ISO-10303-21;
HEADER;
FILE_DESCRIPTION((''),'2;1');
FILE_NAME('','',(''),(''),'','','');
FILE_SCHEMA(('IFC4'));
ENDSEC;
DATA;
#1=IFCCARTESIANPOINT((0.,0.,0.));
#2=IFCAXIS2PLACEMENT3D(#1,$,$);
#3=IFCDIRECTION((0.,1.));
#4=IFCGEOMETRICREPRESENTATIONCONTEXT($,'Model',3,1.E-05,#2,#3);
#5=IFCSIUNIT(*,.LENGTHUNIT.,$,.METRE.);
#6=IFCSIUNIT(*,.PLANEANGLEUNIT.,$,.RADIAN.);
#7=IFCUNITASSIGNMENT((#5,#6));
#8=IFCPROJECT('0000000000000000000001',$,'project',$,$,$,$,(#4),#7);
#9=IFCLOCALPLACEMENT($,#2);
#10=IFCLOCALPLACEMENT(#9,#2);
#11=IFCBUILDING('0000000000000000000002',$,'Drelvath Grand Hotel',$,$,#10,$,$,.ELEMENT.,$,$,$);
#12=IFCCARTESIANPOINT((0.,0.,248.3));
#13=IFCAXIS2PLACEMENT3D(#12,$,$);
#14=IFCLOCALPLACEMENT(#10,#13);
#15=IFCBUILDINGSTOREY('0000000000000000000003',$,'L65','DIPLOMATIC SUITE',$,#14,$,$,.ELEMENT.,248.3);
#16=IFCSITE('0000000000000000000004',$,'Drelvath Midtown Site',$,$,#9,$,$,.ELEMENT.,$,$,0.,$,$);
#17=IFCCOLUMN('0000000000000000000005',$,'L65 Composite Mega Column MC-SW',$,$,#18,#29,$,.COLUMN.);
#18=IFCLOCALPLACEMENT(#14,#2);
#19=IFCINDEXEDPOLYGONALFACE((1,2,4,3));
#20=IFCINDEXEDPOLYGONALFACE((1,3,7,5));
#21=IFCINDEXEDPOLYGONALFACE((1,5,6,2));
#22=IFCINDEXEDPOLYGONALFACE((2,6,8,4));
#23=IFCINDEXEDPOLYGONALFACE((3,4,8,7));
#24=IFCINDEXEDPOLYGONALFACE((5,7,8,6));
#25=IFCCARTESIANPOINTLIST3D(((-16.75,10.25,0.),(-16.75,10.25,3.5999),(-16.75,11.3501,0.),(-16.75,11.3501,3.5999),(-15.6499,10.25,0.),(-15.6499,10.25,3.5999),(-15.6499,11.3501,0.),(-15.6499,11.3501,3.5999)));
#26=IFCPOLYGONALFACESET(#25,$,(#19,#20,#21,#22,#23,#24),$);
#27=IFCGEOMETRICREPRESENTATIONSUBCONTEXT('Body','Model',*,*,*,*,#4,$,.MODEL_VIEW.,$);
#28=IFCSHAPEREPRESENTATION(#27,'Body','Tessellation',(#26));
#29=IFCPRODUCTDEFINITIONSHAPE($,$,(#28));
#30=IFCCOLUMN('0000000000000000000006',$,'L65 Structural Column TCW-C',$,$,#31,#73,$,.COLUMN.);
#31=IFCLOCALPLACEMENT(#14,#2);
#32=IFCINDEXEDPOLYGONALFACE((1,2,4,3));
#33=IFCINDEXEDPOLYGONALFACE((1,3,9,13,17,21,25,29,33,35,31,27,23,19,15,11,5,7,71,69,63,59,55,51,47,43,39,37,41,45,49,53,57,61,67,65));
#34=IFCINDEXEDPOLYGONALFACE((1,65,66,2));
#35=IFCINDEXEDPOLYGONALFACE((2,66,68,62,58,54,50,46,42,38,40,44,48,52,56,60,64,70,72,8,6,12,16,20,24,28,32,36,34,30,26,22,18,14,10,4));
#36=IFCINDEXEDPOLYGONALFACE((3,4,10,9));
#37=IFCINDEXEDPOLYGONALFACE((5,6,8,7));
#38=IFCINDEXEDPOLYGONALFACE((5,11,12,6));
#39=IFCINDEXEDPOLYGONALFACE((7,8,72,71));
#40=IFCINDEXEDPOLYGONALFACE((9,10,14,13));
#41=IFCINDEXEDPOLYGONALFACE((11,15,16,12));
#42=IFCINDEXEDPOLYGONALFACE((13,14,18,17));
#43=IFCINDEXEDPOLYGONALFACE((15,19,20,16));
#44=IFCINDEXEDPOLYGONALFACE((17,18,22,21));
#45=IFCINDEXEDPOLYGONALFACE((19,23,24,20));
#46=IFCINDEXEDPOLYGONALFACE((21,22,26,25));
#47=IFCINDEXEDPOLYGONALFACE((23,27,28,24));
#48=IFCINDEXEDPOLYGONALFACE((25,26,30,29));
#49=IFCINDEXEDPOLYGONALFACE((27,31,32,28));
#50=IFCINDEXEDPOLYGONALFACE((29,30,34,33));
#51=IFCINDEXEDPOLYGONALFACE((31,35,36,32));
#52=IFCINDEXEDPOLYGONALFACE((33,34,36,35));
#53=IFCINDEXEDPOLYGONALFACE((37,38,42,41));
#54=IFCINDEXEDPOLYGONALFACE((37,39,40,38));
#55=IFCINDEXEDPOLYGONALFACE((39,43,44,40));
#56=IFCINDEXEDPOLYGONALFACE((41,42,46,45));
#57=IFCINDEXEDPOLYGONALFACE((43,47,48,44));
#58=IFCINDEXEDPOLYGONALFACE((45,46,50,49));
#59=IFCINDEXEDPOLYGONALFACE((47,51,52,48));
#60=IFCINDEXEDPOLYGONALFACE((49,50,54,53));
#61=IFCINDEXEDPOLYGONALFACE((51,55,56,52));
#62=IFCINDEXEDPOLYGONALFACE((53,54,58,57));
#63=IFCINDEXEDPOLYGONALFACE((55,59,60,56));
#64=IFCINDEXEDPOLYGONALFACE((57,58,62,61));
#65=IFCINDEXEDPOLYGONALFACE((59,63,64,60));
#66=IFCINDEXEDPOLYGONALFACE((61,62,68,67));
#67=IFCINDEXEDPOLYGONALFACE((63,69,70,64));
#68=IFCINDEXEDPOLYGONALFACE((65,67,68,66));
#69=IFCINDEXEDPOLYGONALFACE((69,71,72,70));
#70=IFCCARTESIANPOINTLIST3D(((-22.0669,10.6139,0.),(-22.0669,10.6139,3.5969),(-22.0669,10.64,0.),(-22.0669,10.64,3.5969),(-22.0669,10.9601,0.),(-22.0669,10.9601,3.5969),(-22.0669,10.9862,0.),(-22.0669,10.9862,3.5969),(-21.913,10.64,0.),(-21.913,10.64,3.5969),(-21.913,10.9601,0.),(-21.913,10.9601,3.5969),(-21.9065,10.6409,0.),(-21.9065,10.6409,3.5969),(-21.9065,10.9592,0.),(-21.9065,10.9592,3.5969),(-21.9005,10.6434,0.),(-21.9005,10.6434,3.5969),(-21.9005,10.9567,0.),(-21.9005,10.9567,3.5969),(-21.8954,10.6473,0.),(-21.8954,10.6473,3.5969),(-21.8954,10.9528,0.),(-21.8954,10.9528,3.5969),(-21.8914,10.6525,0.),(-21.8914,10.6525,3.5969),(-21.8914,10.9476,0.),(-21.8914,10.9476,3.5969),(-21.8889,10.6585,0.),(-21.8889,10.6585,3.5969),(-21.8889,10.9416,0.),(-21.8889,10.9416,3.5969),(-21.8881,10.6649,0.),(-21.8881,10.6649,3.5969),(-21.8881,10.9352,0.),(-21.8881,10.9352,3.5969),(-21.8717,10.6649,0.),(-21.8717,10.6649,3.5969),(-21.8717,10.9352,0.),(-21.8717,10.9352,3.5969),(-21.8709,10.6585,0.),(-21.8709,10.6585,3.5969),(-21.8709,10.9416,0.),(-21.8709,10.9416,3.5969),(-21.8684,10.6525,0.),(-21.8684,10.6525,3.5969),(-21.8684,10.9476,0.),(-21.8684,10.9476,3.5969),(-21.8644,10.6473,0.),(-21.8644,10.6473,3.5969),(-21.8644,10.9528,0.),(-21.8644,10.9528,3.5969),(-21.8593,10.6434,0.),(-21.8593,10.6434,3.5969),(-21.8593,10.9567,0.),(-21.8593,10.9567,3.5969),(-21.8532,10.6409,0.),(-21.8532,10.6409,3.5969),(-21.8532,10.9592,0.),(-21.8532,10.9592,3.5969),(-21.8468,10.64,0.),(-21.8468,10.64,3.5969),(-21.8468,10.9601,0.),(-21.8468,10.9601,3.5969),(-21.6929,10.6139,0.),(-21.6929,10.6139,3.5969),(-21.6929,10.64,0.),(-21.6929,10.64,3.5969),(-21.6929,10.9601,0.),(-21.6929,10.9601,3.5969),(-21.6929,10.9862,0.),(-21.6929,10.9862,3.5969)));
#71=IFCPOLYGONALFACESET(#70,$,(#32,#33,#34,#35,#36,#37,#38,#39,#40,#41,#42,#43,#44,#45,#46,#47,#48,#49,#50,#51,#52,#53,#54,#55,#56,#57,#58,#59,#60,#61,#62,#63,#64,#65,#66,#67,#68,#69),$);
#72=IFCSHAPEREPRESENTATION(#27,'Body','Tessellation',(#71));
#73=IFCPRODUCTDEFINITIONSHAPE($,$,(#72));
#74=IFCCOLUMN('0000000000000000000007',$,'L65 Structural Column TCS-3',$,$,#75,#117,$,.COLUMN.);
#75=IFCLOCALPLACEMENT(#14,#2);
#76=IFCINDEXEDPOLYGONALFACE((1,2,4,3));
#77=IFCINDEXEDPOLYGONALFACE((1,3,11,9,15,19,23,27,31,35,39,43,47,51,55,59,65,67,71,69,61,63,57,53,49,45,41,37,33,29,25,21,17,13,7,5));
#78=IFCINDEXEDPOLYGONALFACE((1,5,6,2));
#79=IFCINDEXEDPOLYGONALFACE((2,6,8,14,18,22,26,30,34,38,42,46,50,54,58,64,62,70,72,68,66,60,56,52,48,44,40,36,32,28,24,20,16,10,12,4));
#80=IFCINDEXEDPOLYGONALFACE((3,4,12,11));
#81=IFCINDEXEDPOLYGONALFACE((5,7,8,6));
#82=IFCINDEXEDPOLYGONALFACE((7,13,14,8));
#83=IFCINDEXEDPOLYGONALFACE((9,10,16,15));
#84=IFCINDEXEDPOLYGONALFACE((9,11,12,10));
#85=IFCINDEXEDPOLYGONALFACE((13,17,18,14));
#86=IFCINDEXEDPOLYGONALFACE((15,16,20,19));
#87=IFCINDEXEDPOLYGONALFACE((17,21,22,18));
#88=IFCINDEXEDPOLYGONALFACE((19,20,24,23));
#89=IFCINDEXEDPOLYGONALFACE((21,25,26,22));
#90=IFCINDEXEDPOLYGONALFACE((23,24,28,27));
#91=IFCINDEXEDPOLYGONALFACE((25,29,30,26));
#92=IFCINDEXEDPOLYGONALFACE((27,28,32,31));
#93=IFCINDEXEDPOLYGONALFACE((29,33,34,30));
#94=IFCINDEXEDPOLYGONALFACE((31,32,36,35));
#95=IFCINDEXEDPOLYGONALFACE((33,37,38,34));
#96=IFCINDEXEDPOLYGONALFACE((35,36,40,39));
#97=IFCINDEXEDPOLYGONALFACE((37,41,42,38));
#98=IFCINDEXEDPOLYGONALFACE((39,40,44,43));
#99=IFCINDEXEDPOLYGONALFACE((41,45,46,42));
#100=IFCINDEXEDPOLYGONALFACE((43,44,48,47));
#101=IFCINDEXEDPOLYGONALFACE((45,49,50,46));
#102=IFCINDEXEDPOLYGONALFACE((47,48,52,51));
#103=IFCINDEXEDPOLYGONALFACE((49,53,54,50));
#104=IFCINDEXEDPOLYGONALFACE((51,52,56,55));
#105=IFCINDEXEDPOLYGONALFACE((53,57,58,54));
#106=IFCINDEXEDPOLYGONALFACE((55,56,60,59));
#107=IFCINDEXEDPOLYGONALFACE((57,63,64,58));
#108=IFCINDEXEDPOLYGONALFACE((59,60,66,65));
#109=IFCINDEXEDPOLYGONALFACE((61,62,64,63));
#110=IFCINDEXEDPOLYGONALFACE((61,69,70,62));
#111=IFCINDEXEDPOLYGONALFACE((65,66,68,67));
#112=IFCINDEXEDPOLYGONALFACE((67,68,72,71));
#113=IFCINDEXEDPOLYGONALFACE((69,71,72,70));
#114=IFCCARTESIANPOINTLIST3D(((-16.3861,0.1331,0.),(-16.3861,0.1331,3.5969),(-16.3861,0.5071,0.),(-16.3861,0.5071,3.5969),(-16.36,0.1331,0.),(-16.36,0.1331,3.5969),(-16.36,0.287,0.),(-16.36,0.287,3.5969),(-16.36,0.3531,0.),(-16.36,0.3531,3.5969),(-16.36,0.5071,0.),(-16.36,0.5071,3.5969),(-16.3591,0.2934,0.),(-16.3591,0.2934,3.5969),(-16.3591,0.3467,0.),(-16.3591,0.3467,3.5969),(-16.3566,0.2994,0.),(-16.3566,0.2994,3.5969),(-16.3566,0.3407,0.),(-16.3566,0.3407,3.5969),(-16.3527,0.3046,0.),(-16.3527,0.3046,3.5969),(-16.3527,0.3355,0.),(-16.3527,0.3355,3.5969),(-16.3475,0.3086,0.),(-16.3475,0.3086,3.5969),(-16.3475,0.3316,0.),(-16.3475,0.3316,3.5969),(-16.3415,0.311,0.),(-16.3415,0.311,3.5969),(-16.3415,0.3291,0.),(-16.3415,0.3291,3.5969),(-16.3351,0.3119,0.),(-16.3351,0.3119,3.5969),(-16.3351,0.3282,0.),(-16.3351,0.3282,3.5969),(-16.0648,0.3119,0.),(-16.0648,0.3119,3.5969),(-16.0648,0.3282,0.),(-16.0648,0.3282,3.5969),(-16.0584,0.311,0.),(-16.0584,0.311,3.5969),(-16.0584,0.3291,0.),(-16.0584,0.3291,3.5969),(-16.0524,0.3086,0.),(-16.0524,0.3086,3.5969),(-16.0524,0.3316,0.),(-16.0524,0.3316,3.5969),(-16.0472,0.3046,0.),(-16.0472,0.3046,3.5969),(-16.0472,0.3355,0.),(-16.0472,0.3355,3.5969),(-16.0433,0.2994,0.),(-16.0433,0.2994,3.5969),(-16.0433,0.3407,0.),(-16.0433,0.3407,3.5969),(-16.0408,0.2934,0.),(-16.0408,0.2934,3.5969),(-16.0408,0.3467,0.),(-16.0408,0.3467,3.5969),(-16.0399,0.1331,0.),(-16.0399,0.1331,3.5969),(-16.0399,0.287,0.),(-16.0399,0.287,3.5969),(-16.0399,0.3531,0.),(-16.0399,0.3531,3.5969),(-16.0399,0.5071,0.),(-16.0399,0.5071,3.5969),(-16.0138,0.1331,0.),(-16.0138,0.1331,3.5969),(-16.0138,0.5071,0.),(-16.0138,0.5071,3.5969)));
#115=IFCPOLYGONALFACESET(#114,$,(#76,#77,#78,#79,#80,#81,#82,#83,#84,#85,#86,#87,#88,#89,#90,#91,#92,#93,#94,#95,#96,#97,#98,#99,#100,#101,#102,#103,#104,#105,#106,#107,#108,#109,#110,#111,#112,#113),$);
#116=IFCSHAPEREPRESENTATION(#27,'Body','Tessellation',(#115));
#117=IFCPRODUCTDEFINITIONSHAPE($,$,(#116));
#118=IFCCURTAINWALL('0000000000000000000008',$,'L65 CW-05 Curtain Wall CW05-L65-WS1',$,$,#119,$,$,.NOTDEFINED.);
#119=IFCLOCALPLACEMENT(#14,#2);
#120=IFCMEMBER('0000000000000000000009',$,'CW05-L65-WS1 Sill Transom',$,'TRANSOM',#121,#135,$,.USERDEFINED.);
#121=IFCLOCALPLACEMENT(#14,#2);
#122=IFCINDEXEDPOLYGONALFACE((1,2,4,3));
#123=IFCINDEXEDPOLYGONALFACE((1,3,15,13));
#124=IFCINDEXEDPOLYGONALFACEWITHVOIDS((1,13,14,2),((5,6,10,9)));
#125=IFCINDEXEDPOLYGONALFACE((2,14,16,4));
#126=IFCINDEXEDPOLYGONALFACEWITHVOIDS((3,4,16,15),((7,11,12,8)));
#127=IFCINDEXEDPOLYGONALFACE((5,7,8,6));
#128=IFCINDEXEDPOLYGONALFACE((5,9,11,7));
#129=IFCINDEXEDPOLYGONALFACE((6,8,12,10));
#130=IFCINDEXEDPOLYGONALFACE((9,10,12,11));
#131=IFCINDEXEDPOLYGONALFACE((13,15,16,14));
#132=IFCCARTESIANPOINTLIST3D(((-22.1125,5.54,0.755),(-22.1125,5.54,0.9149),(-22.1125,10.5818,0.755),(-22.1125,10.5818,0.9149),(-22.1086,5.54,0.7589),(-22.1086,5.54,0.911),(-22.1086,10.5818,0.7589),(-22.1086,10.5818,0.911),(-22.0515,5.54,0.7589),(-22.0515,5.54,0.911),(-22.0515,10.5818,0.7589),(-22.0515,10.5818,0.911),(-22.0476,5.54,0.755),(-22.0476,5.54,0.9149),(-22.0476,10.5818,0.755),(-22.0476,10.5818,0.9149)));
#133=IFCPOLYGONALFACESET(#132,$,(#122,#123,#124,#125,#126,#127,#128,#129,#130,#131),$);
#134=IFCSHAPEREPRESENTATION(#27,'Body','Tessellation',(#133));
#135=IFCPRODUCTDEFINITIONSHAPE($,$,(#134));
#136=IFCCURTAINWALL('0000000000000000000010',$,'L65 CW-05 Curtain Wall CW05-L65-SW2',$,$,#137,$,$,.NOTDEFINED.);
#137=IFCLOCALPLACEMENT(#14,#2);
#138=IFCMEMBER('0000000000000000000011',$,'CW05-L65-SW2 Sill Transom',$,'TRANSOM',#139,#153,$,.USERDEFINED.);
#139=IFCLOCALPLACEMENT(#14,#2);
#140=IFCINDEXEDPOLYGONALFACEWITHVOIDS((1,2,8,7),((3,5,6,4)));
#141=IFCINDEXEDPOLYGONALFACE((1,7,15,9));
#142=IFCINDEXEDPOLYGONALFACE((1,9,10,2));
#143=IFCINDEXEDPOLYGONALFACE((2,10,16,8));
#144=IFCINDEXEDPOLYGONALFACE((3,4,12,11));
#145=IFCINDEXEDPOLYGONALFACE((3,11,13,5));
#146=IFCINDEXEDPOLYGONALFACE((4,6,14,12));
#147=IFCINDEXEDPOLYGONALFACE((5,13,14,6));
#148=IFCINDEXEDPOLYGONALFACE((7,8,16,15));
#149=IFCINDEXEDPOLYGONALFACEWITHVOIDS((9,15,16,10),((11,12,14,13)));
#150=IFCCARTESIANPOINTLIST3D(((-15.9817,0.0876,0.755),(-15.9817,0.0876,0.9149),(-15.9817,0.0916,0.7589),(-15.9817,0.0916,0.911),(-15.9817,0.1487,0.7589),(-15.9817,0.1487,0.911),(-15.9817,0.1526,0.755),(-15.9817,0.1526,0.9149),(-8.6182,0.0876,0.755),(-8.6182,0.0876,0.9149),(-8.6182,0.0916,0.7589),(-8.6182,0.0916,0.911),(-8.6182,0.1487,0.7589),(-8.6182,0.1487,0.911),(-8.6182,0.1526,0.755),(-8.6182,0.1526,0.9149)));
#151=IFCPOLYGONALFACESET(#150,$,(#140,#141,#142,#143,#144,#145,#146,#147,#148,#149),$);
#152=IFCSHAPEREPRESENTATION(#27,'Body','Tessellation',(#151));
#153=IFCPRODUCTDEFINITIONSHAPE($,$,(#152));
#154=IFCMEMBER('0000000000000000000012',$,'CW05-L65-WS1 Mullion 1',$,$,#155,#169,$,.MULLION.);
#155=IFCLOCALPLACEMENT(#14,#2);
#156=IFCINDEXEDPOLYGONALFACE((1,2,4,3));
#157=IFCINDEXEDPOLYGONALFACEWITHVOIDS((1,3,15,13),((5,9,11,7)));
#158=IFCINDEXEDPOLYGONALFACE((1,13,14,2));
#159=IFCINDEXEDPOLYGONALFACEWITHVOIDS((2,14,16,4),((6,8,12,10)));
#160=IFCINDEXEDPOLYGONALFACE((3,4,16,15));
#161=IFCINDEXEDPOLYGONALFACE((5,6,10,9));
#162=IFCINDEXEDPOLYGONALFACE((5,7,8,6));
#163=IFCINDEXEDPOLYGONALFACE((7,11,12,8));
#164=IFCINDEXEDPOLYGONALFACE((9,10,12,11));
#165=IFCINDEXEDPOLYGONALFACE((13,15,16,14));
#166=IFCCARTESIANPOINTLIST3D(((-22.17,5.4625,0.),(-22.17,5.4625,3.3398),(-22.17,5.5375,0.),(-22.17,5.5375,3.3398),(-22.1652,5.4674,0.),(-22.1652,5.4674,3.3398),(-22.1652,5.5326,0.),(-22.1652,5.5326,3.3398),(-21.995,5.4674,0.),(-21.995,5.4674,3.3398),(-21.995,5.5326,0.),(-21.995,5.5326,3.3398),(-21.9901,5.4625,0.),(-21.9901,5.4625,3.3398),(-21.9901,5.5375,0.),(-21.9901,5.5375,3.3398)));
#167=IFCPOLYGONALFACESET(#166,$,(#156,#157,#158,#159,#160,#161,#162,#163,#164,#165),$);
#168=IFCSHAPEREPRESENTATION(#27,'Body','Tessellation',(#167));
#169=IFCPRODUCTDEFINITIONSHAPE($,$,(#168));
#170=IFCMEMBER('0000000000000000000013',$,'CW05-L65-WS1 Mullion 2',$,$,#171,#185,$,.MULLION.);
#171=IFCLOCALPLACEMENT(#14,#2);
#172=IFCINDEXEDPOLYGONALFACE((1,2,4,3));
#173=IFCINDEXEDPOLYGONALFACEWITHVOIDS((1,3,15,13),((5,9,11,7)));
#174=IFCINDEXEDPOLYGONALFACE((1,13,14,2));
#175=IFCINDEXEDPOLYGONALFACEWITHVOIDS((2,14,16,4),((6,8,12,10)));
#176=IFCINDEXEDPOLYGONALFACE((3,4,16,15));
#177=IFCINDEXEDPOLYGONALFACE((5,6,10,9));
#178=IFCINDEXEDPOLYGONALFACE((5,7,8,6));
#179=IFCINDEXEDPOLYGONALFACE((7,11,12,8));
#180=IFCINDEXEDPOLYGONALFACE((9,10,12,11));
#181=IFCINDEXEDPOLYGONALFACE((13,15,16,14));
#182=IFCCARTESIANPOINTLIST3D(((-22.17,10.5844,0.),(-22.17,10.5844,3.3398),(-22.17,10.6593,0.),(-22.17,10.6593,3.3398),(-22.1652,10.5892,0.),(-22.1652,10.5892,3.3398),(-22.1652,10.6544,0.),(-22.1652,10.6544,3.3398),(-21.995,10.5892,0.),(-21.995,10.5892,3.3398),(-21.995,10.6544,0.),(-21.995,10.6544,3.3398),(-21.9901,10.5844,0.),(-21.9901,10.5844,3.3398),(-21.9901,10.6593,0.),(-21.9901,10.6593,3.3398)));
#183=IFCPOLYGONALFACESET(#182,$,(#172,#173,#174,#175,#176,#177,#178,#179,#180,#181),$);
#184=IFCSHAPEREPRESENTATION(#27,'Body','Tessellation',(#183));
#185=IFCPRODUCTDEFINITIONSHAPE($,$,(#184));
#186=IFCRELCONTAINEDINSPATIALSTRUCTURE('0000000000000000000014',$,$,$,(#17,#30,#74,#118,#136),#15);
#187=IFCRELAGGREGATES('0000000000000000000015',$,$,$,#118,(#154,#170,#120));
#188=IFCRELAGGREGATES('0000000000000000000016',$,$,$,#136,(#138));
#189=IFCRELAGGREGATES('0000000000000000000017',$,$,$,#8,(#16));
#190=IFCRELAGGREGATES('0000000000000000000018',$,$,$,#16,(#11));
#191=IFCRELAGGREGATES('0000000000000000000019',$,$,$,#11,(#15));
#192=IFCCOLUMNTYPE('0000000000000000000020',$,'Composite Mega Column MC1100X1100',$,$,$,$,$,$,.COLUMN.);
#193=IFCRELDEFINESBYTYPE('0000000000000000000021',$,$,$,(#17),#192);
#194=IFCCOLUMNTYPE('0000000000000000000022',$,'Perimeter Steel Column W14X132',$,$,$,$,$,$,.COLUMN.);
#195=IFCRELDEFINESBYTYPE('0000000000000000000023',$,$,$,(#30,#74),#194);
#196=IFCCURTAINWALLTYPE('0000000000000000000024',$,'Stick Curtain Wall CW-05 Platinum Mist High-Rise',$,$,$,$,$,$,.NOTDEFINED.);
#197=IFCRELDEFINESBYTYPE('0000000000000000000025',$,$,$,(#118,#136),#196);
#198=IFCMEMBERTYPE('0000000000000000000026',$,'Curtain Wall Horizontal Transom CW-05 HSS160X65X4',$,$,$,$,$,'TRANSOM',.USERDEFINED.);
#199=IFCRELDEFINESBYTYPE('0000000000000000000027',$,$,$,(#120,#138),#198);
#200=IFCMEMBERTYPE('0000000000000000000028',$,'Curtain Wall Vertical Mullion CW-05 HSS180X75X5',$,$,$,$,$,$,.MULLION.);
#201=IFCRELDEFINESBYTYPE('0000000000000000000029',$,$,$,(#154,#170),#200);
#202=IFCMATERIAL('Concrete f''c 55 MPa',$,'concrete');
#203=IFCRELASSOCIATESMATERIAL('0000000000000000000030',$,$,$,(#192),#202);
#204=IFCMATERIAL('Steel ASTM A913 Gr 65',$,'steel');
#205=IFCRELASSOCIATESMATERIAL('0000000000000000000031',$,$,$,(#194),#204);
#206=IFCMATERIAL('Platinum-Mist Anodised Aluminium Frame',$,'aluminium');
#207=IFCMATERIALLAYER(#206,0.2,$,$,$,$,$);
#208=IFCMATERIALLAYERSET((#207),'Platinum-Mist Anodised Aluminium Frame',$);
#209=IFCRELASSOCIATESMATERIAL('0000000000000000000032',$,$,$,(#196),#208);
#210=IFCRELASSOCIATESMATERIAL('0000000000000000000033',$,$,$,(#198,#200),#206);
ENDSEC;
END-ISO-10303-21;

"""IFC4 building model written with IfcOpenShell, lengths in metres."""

from ifc_helpers import new_model, si_unit, direction, frame, origin, origin_2d, place, context, subcontext, project, spatial, rectangle, hollow_rectangle, i_section, extrude, material, layer, layer_set, material_profile, profile_set, type_object, element, aggregate, save


model = new_model("IFC4")

# Units and contexts
model_context = context("Model", 3, precision=1e-05, world=origin(), true_north=direction((0.0, 1.0)))
body_context = subcontext(model_context, "Body", "Model", "MODEL_VIEW")
ifc_project = project(units=[si_unit("LENGTHUNIT", "METRE"), si_unit("PLANEANGLEUNIT", "RADIAN")], contexts=[model_context])

# Site, building, storey
site_placement = place(None, origin())
site = spatial("IfcSite", under=ifc_project, at=site_placement, Name="Drelvath Midtown Site", CompositionType="ELEMENT", RefElevation=0.0)
building_placement = place(site_placement, origin())
building = spatial("IfcBuilding", under=site, at=building_placement, Name="Drelvath Grand Hotel", CompositionType="ELEMENT")
storey_placement = place(building_placement, frame((0.0, 0.0, 248.3)))
storey = spatial("IfcBuildingStorey", under=building, at=storey_placement, Name="L65", Description="DIPLOMATIC SUITE", CompositionType="ELEMENT", Elevation=248.3)

# Columns
ifc_material_1 = material(Name="Concrete f'c 55 MPa", Category="concrete")
ifc_material_profile_1 = material_profile(ifc_material_1, rectangle(XDim=1.1001, YDim=1.1001, at=origin_2d()), Name="MC1100X1100")
ifc_profile_set_1 = profile_set([ifc_material_profile_1], Name="Concrete f'c 55 MPa")
column_type_1 = type_object("IfcColumnType", Name="Composite Mega Column MC1100X1100", PredefinedType="COLUMN", material=ifc_profile_set_1)
column_placement = place(storey_placement, frame((-16.2, 10.8, 0.0), z_axis=(0.0, 0.0, 1.0), x_axis=(1.0, 0.0, 0.0)))
element("IfcColumn", 1, at=column_placement, inside=storey, type_object=column_type_1, Name="L65 Composite Mega Column MC-SW", PredefinedType="COLUMN", context=body_context, shape_type="SweptSolid", body=[
    extrude(rectangle(XDim=1.1001, YDim=1.1001, at=origin_2d()), origin(), (0.0, 0.0, 1.0), 3.5999),
])
ifc_material_2 = material(Name="Steel ASTM A913 Gr 65", Category="steel")
ifc_material_profile_2 = material_profile(ifc_material_2, i_section(OverallWidth=0.374, OverallDepth=0.3723, WebThickness=0.0164, FlangeThickness=0.0261, FilletRadius=0.0249, at=origin_2d()), Name="W14X132")
ifc_profile_set_2 = profile_set([ifc_material_profile_2], Name="Steel ASTM A913 Gr 65")
column_type_2 = type_object("IfcColumnType", Name="Perimeter Steel Column W14X132", PredefinedType="COLUMN", material=ifc_profile_set_2)
for number, where, z_axis, x_axis, name in (
    (2, (-21.8799, 10.8, 0.0), (0.0, 0.0, 1.0), (1.0, 0.0, 0.0), "L65 Structural Column TCW-C"),
    (3, (-16.2, 0.3201, 0.0), (0.0, 0.0, 1.0), (0.0, 1.0, 0.0), "L65 Structural Column TCS-3"),
):
    element("IfcColumn", number, at=place(storey_placement, frame(where, z_axis=z_axis, x_axis=x_axis)), inside=storey, type_object=column_type_2, Name=name, PredefinedType="COLUMN", context=body_context, shape_type="SweptSolid", body=[
        extrude(i_section(OverallWidth=0.374, OverallDepth=0.3723, WebThickness=0.0164, FlangeThickness=0.0261, FilletRadius=0.0249, at=origin_2d()), origin(), (0.0, 0.0, 1.0), 3.5969),
    ])

# Curtain walls, members
ifc_material_3 = material(Name="Platinum-Mist Anodised Aluminium Frame", Category="aluminium")
ifc_layer_1 = layer(ifc_material_3, 0.2)
ifc_layer_set_1 = layer_set([ifc_layer_1], Name="Platinum-Mist Anodised Aluminium Frame")
curtain_wall_type = type_object("IfcCurtainWallType", Name="Stick Curtain Wall CW-05 Platinum Mist High-Rise", PredefinedType="NOTDEFINED", material=ifc_layer_set_1)
curtain_wall_1_placement = place(storey_placement, origin())
curtain_wall_1 = element("IfcCurtainWall", 4, at=curtain_wall_1_placement, inside=storey, type_object=curtain_wall_type, Name="L65 CW-05 Curtain Wall CW05-L65-WS1", PredefinedType="NOTDEFINED")
ifc_material_profile_3 = material_profile(ifc_material_3, hollow_rectangle(XDim=0.0649, YDim=0.1599, WallThickness=0.0039, at=origin_2d()), Name="HSS160X65X4")
ifc_profile_set_3 = profile_set([ifc_material_profile_3], Name="Platinum-Mist Anodised Aluminium Frame")
member_type_1 = type_object("IfcMemberType", Name="Curtain Wall Horizontal Transom CW-05 HSS160X65X4", ElementType="TRANSOM", PredefinedType="USERDEFINED", material=ifc_profile_set_3)
member_1_placement = place(storey_placement, frame((-22.0801, 5.54, 0.835), z_axis=(0.0, 1.0, 0.0), x_axis=(-1.0, 0.0, 0.0)))
member_1 = element("IfcMember", 5, at=member_1_placement, type_object=member_type_1, Name="CW05-L65-WS1 Sill Transom", ObjectType="TRANSOM", PredefinedType="USERDEFINED", context=body_context, shape_type="SweptSolid", body=[
    extrude(hollow_rectangle(XDim=0.0649, YDim=0.1599, WallThickness=0.0039, at=origin_2d()), origin(), (0.0, 0.0, 1.0), 5.0417),
])
curtain_wall_2_placement = place(storey_placement, origin())
curtain_wall_2 = element("IfcCurtainWall", 6, at=curtain_wall_2_placement, inside=storey, type_object=curtain_wall_type, Name="L65 CW-05 Curtain Wall CW05-L65-SW2", PredefinedType="NOTDEFINED")
member_2_placement = place(storey_placement, frame((-8.6182, 0.1201, 0.835), z_axis=(-1.0, 0.0, 0.0), x_axis=(0.0, -1.0, 0.0)))
member_2 = element("IfcMember", 7, at=member_2_placement, type_object=member_type_1, Name="CW05-L65-SW2 Sill Transom", ObjectType="TRANSOM", PredefinedType="USERDEFINED", context=body_context, shape_type="SweptSolid", body=[
    extrude(hollow_rectangle(XDim=0.0649, YDim=0.1599, WallThickness=0.0039, at=origin_2d()), origin(), (0.0, 0.0, 1.0), 7.3635),
])

# Members
ifc_material_profile_4 = material_profile(ifc_material_3, hollow_rectangle(XDim=0.075, YDim=0.1799, WallThickness=0.0049, at=origin_2d()), Name="HSS180X75X5")
ifc_profile_set_4 = profile_set([ifc_material_profile_4], Name="Platinum-Mist Anodised Aluminium Frame")
member_type_2 = type_object("IfcMemberType", Name="Curtain Wall Vertical Mullion CW-05 HSS180X75X5", PredefinedType="MULLION", material=ifc_profile_set_4)
member_3_placement = place(storey_placement, frame((-22.0801, 5.5, 0.0), z_axis=(0.0, 0.0, 1.0), x_axis=(0.0, 1.0, 0.0)))
member_3 = element("IfcMember", 8, at=member_3_placement, type_object=member_type_2, Name="CW05-L65-WS1 Mullion 1", PredefinedType="MULLION", context=body_context, shape_type="SweptSolid", body=[
    extrude(hollow_rectangle(XDim=0.075, YDim=0.1799, WallThickness=0.0049, at=origin_2d()), origin(), (0.0, 0.0, 1.0), 3.3398),
])
member_4_placement = place(storey_placement, frame((-22.0801, 10.6218, 0.0), z_axis=(0.0, 0.0, 1.0), x_axis=(0.0, 1.0, 0.0)))
member_4 = element("IfcMember", 9, at=member_4_placement, type_object=member_type_2, Name="CW05-L65-WS1 Mullion 2", PredefinedType="MULLION", context=body_context, shape_type="SweptSolid", body=[
    extrude(hollow_rectangle(XDim=0.075, YDim=0.1799, WallThickness=0.0049, at=origin_2d()), origin(), (0.0, 0.0, 1.0), 3.3398),
])

aggregate(curtain_wall_1, [member_3, member_4, member_1])
aggregate(curtain_wall_2, [member_2])

save(model, "model.ifc")
